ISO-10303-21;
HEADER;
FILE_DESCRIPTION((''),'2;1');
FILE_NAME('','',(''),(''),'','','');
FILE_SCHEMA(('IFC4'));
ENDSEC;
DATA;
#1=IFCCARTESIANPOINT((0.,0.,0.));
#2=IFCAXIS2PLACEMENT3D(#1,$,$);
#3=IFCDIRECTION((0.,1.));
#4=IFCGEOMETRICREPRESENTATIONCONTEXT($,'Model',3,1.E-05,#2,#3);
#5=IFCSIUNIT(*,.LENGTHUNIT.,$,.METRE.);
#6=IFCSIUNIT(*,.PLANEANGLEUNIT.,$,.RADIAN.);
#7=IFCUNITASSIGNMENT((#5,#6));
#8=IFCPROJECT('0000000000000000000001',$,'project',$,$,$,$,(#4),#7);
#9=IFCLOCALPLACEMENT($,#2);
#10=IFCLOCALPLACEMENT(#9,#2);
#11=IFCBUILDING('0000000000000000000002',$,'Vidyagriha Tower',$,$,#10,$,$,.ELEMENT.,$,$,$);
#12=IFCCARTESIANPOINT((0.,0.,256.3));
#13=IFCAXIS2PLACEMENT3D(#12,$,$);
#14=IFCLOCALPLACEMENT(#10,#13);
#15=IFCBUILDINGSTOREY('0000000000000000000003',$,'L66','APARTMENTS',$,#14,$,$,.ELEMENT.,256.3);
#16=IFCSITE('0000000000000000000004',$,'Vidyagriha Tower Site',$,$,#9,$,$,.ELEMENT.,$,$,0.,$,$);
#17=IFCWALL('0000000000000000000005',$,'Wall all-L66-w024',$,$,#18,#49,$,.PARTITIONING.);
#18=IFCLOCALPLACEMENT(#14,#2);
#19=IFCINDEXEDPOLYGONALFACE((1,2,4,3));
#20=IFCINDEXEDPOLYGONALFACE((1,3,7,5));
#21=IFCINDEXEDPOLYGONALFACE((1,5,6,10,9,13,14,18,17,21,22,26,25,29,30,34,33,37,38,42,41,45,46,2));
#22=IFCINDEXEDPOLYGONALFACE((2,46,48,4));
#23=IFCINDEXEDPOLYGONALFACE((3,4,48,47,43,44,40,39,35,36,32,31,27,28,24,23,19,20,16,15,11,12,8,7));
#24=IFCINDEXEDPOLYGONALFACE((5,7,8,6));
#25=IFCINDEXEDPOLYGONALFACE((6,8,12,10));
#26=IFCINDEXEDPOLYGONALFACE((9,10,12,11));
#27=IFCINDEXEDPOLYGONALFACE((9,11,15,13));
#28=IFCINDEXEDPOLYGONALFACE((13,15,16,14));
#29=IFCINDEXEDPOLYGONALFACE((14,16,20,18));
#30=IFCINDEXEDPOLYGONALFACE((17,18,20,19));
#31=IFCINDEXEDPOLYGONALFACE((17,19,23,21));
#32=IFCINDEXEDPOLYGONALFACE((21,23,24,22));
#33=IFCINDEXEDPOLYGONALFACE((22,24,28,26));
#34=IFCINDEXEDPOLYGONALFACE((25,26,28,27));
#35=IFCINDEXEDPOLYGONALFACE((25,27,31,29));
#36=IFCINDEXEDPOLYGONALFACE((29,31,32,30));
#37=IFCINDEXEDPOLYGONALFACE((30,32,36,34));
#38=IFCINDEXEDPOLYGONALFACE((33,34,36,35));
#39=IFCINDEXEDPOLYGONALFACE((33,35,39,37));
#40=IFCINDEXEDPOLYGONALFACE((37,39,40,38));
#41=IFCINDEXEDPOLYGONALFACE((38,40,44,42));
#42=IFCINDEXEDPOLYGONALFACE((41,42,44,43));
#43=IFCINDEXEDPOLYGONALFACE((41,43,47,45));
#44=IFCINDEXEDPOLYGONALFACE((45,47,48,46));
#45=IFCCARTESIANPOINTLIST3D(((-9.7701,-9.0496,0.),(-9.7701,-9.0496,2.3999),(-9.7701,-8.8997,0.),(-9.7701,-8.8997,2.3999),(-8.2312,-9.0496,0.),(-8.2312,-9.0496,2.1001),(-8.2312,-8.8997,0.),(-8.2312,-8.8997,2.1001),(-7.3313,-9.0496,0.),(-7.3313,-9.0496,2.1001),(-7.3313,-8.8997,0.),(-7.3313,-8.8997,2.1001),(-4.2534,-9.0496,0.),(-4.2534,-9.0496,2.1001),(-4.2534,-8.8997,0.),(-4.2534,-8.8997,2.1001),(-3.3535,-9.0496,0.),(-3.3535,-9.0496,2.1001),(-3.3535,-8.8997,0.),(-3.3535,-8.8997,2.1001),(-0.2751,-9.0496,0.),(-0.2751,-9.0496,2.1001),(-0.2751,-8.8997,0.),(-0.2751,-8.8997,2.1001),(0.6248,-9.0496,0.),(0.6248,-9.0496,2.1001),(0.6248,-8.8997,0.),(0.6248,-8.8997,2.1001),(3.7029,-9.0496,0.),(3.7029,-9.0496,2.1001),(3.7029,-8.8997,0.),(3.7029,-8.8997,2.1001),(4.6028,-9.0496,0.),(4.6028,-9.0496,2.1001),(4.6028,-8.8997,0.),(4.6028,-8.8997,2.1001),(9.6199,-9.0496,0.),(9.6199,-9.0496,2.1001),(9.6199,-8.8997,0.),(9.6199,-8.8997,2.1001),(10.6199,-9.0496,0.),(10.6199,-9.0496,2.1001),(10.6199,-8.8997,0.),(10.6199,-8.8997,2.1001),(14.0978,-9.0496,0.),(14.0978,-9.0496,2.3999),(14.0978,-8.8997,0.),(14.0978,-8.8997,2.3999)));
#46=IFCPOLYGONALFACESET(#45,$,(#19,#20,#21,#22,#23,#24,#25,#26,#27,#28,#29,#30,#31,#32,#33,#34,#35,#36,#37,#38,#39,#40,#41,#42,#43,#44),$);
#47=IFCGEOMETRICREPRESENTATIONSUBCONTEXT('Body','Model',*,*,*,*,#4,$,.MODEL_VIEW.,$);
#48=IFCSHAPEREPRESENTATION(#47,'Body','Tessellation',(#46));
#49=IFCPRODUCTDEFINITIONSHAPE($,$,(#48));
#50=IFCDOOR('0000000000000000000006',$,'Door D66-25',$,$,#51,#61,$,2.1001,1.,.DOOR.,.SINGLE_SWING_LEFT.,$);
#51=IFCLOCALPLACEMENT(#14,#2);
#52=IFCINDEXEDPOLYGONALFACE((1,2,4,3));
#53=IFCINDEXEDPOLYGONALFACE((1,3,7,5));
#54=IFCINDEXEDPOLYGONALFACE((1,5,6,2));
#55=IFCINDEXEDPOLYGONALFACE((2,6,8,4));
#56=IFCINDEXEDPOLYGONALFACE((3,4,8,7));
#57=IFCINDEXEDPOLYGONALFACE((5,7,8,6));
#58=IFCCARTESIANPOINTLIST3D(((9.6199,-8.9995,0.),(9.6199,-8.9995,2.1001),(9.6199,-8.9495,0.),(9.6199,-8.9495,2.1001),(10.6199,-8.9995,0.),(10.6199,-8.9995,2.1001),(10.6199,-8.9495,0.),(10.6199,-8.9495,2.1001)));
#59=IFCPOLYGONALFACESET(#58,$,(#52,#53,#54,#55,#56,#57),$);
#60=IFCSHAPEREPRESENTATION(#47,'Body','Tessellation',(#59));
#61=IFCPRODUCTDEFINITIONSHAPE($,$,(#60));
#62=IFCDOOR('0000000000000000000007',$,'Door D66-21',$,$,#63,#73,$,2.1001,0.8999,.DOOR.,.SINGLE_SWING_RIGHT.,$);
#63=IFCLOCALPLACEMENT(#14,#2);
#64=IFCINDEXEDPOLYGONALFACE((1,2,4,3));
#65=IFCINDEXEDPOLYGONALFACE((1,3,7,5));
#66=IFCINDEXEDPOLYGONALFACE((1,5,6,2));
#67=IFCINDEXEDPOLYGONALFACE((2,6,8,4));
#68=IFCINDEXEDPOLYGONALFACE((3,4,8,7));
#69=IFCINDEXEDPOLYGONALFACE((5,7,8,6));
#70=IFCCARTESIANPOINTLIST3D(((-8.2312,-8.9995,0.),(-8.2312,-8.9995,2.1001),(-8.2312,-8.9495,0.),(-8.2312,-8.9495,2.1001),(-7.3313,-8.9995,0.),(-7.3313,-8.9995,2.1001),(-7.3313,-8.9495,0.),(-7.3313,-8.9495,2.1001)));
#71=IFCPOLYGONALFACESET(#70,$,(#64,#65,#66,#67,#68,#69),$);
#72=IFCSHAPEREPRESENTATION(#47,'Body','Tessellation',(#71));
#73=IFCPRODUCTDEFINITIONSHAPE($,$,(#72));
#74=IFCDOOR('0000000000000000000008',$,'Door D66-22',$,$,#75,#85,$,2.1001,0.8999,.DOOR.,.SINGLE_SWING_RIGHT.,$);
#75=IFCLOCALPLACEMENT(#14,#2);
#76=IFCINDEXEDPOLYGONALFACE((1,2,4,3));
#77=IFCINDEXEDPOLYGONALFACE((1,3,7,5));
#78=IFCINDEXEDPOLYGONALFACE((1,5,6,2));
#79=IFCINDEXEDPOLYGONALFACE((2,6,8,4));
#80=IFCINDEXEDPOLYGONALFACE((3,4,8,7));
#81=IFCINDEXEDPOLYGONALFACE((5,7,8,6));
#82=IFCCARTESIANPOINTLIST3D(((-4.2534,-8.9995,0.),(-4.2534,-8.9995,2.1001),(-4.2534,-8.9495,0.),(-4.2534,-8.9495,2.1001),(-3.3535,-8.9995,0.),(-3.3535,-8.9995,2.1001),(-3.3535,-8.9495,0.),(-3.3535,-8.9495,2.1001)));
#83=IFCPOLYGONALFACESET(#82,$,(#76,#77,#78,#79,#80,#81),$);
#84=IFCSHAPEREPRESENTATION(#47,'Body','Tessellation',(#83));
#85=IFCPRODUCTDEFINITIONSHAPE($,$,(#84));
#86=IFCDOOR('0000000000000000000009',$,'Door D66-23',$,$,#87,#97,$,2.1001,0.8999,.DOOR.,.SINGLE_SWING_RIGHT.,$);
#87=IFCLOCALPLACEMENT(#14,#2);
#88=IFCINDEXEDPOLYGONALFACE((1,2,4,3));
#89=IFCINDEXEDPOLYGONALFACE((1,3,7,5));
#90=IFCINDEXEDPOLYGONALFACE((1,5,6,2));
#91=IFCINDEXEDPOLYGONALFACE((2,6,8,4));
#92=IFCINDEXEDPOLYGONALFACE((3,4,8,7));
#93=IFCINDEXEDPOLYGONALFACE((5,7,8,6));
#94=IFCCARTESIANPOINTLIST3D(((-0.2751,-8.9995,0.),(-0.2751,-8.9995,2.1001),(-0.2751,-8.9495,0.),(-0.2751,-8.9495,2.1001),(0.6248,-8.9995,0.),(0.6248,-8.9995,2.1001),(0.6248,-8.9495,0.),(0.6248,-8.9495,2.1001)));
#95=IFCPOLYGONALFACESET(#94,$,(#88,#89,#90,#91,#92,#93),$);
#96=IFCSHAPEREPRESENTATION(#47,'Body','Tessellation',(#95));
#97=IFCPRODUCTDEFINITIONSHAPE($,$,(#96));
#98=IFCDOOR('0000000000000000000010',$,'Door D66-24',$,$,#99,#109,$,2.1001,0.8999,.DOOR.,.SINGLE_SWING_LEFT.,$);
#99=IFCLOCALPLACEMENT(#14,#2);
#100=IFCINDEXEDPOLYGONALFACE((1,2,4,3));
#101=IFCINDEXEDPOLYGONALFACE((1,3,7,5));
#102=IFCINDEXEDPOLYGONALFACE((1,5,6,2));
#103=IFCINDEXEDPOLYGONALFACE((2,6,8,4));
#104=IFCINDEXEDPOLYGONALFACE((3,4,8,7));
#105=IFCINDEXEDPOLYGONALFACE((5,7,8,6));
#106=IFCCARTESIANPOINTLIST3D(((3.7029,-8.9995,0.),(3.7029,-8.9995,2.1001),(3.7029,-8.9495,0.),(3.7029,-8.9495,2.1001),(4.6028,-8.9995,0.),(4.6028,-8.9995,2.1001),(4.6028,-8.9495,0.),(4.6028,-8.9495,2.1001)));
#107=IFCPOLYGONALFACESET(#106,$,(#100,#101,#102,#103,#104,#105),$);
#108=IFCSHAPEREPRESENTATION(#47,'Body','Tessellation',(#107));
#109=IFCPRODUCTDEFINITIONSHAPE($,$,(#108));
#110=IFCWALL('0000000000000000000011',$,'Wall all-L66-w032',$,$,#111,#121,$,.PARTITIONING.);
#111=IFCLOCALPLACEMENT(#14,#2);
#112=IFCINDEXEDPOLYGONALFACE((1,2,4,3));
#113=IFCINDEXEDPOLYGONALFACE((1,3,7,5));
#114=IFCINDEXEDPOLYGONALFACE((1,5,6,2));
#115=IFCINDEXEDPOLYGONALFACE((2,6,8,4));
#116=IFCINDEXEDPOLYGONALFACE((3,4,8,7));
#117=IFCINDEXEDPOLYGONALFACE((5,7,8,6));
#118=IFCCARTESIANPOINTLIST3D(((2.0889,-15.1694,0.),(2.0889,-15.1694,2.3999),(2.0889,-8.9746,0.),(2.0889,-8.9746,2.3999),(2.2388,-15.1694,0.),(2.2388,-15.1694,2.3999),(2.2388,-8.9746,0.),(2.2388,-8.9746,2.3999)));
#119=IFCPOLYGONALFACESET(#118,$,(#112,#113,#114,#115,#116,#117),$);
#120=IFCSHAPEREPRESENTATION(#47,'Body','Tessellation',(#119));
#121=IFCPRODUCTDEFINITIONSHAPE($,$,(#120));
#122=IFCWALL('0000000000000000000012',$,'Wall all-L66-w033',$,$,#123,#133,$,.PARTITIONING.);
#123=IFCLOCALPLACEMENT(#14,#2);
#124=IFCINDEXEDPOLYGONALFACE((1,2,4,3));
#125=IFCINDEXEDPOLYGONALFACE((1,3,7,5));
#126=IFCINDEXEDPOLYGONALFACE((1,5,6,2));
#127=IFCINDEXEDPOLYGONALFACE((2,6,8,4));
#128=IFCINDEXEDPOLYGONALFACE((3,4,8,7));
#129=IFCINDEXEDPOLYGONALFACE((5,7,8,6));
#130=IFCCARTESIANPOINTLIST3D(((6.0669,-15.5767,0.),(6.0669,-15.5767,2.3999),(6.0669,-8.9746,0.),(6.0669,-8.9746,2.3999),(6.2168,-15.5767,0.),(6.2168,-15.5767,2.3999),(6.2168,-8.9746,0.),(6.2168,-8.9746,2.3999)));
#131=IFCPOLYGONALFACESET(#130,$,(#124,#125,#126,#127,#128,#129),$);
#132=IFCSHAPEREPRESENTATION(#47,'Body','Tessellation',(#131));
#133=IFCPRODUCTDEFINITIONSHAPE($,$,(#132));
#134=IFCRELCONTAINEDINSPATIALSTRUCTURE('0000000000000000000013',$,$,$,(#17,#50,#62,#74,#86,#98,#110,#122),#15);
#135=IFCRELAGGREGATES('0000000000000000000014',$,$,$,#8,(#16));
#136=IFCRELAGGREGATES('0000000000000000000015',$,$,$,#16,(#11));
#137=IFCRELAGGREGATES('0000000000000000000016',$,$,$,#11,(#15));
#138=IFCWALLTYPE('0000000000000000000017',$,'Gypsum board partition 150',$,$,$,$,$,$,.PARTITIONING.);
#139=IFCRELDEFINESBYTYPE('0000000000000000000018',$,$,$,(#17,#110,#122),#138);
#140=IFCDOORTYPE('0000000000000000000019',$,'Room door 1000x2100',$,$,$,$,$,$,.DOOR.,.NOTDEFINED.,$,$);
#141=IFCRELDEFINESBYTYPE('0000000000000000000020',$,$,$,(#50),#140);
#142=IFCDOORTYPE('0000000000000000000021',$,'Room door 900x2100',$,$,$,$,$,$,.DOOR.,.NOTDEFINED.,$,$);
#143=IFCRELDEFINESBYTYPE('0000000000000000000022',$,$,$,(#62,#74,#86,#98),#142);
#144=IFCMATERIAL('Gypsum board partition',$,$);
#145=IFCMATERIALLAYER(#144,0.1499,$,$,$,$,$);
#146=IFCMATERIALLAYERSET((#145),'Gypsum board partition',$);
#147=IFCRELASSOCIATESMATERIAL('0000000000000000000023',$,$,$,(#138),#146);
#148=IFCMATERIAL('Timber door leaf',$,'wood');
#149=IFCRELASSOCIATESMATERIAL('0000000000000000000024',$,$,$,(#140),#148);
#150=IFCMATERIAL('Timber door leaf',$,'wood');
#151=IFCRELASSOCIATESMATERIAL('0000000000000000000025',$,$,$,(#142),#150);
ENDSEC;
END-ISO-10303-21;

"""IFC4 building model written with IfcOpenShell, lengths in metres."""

from ifc_helpers import new_model, si_unit, direction, frame, frame_2d, origin, place, context, subcontext, project, spatial, rectangle, extrude, material, layer, layer_set, type_object, element, fill, save


model = new_model("IFC4")

# Units and contexts
model_context = context("Model", 3, precision=1e-05, world=origin(), true_north=direction((0.0, 1.0)))
body_context = subcontext(model_context, "Body", "Model", "MODEL_VIEW")
ifc_project = project(units=[si_unit("LENGTHUNIT", "METRE"), si_unit("PLANEANGLEUNIT", "RADIAN")], contexts=[model_context])

# Site, building, storey
site_placement = place(None, origin())
site = spatial("IfcSite", under=ifc_project, at=site_placement, Name="Vidyagriha Tower Site", CompositionType="ELEMENT", RefElevation=0.0)
building_placement = place(site_placement, origin())
building = spatial("IfcBuilding", under=site, at=building_placement, Name="Vidyagriha Tower", CompositionType="ELEMENT")
storey_placement = place(building_placement, frame((0.0, 0.0, 256.3)))
storey = spatial("IfcBuildingStorey", under=building, at=storey_placement, Name="L66", Description="APARTMENTS", CompositionType="ELEMENT", Elevation=256.3)

# Shared definitions
ifc_material_1 = material(Name="Gypsum board partition")
ifc_layer_1 = layer(ifc_material_1, 0.1499)
ifc_layer_set_1 = layer_set([ifc_layer_1], Name="Gypsum board partition")
wall_type_1 = type_object("IfcWallType", Name="Gypsum board partition 150", PredefinedType="PARTITIONING", material=ifc_layer_set_1)

# Wall, openings, doors
wall_1_placement = place(storey_placement, frame((14.0979, -8.9746, 0.0), z_axis=(0.0, 0.0, 1.0), x_axis=(-1.0, 0.0, 0.0)))
wall_1 = element("IfcWall", 1, at=wall_1_placement, inside=storey, type_object=wall_type_1, Name="Wall all-L66-w024", PredefinedType="PARTITIONING", context=body_context, shape_type="SweptSolid", body=[
    extrude(rectangle(XDim=23.8679, YDim=0.1499, at=frame_2d((11.9341, 0.0))), origin(), (0.0, 0.0, 1.0), 2.3999),
])
opening_1_placement = place(wall_1_placement, frame((21.4292, 0.0, 0.0)))
opening_1 = element("IfcOpeningElement", 2, at=opening_1_placement, cuts=wall_1, PredefinedType="OPENING", context=body_context, shape_type="SweptSolid", body=[
    extrude(rectangle(XDim=0.8999, YDim=2.1001, at=frame_2d((0.45, 1.05))), frame((0.0, 0.085, 0.0), z_axis=(0.0, -1.0, 0.0), x_axis=(1.0, 0.0, 0.0)), (0.0, 0.0, 1.0), 0.1699),
])
opening_2_placement = place(wall_1_placement, frame((17.4514, 0.0, 0.0)))
opening_2 = element("IfcOpeningElement", 3, at=opening_2_placement, cuts=wall_1, PredefinedType="OPENING", context=body_context, shape_type="SweptSolid", body=[
    extrude(rectangle(XDim=0.8999, YDim=2.1001, at=frame_2d((0.45, 1.05))), frame((0.0, 0.085, 0.0), z_axis=(0.0, -1.0, 0.0), x_axis=(1.0, 0.0, 0.0)), (0.0, 0.0, 1.0), 0.1699),
])
opening_3_placement = place(wall_1_placement, frame((13.4731, 0.0, 0.0)))
opening_3 = element("IfcOpeningElement", 4, at=opening_3_placement, cuts=wall_1, PredefinedType="OPENING", context=body_context, shape_type="SweptSolid", body=[
    extrude(rectangle(XDim=0.8999, YDim=2.1001, at=frame_2d((0.45, 1.05))), frame((0.0, 0.085, 0.0), z_axis=(0.0, -1.0, 0.0), x_axis=(1.0, 0.0, 0.0)), (0.0, 0.0, 1.0), 0.1699),
])
opening_4_placement = place(wall_1_placement, frame((9.4951, 0.0, 0.0)))
opening_4 = element("IfcOpeningElement", 5, at=opening_4_placement, cuts=wall_1, PredefinedType="OPENING", context=body_context, shape_type="SweptSolid", body=[
    extrude(rectangle(XDim=0.8999, YDim=2.1001, at=frame_2d((0.45, 1.05))), frame((0.0, 0.085, 0.0), z_axis=(0.0, -1.0, 0.0), x_axis=(1.0, 0.0, 0.0)), (0.0, 0.0, 1.0), 0.1699),
])
opening_5_placement = place(wall_1_placement, frame((3.478, 0.0, 0.0)))
opening_5 = element("IfcOpeningElement", 6, at=opening_5_placement, cuts=wall_1, PredefinedType="OPENING", context=body_context, shape_type="SweptSolid", body=[
    extrude(rectangle(XDim=1.0, YDim=2.1001, at=frame_2d((0.5, 1.05))), frame((0.0, 0.085, 0.0), z_axis=(0.0, -1.0, 0.0), x_axis=(1.0, 0.0, 0.0)), (0.0, 0.0, 1.0), 0.1699),
])
ifc_material_2 = material(Name="Timber door leaf", Category="wood")
door_type_1 = type_object("IfcDoorType", Name="Room door 1000x2100", OperationType="NOTDEFINED", PredefinedType="DOOR", material=ifc_material_2)
door_1_placement = place(opening_5_placement, origin())
door_1 = element("IfcDoor", 7, at=door_1_placement, inside=storey, type_object=door_type_1, Name="Door D66-25", OperationType="SINGLE_SWING_LEFT", OverallHeight=2.1001, OverallWidth=1.0, PredefinedType="DOOR", context=body_context, shape_type="SweptSolid", body=[
    extrude(rectangle(XDim=1.0, YDim=2.1001, at=frame_2d((0.5, 1.05))), frame((0.0, 0.0249, 0.0), z_axis=(0.0, -1.0, 0.0), x_axis=(1.0, 0.0, 0.0)), (0.0, 0.0, 1.0), 0.05),
])
fill(opening_5, door_1)
ifc_material_3 = material(Name="Timber door leaf", Category="wood")
door_type_2 = type_object("IfcDoorType", Name="Room door 900x2100", OperationType="NOTDEFINED", PredefinedType="DOOR", material=ifc_material_3)
door_2_placement = place(opening_1_placement, origin())
door_2 = element("IfcDoor", 8, at=door_2_placement, inside=storey, type_object=door_type_2, Name="Door D66-21", OperationType="SINGLE_SWING_RIGHT", OverallHeight=2.1001, OverallWidth=0.8999, PredefinedType="DOOR", context=body_context, shape_type="SweptSolid", body=[
    extrude(rectangle(XDim=0.8999, YDim=2.1001, at=frame_2d((0.45, 1.05))), frame((0.0, 0.0249, 0.0), z_axis=(0.0, -1.0, 0.0), x_axis=(1.0, 0.0, 0.0)), (0.0, 0.0, 1.0), 0.05),
])
fill(opening_1, door_2)
door_3_placement = place(opening_2_placement, origin())
door_3 = element("IfcDoor", 9, at=door_3_placement, inside=storey, type_object=door_type_2, Name="Door D66-22", OperationType="SINGLE_SWING_RIGHT", OverallHeight=2.1001, OverallWidth=0.8999, PredefinedType="DOOR", context=body_context, shape_type="SweptSolid", body=[
    extrude(rectangle(XDim=0.8999, YDim=2.1001, at=frame_2d((0.45, 1.05))), frame((0.0, 0.0249, 0.0), z_axis=(0.0, -1.0, 0.0), x_axis=(1.0, 0.0, 0.0)), (0.0, 0.0, 1.0), 0.05),
])
fill(opening_2, door_3)
door_4_placement = place(opening_3_placement, origin())
door_4 = element("IfcDoor", 10, at=door_4_placement, inside=storey, type_object=door_type_2, Name="Door D66-23", OperationType="SINGLE_SWING_RIGHT", OverallHeight=2.1001, OverallWidth=0.8999, PredefinedType="DOOR", context=body_context, shape_type="SweptSolid", body=[
    extrude(rectangle(XDim=0.8999, YDim=2.1001, at=frame_2d((0.45, 1.05))), frame((0.0, 0.0249, 0.0), z_axis=(0.0, -1.0, 0.0), x_axis=(1.0, 0.0, 0.0)), (0.0, 0.0, 1.0), 0.05),
])
fill(opening_3, door_4)
door_5_placement = place(opening_4_placement, origin())
door_5 = element("IfcDoor", 11, at=door_5_placement, inside=storey, type_object=door_type_2, Name="Door D66-24", OperationType="SINGLE_SWING_LEFT", OverallHeight=2.1001, OverallWidth=0.8999, PredefinedType="DOOR", context=body_context, shape_type="SweptSolid", body=[
    extrude(rectangle(XDim=0.8999, YDim=2.1001, at=frame_2d((0.45, 1.05))), frame((0.0, 0.0249, 0.0), z_axis=(0.0, -1.0, 0.0), x_axis=(1.0, 0.0, 0.0)), (0.0, 0.0, 1.0), 0.05),
])
fill(opening_4, door_5)

# Walls
wall_2_placement = place(storey_placement, frame((2.1638, -8.9746, 0.0), z_axis=(0.0, 0.0, 1.0), x_axis=(0.0, -1.0, 0.0)))
element("IfcWall", 12, at=wall_2_placement, inside=storey, type_object=wall_type_1, Name="Wall all-L66-w032", PredefinedType="PARTITIONING", context=body_context, shape_type="SweptSolid", body=[
    extrude(rectangle(XDim=6.1948, YDim=0.1499, at=frame_2d((3.0974, 0.0))), origin(), (0.0, 0.0, 1.0), 2.3999),
])
wall_3_placement = place(storey_placement, frame((6.1418, -8.9746, 0.0), z_axis=(0.0, 0.0, 1.0), x_axis=(0.0, -1.0, 0.0)))
element("IfcWall", 13, at=wall_3_placement, inside=storey, type_object=wall_type_1, Name="Wall all-L66-w033", PredefinedType="PARTITIONING", context=body_context, shape_type="SweptSolid", body=[
    extrude(rectangle(XDim=6.6021, YDim=0.1499, at=frame_2d((3.301, 0.0))), origin(), (0.0, 0.0, 1.0), 2.3999),
])

save(model, "model.ifc")
